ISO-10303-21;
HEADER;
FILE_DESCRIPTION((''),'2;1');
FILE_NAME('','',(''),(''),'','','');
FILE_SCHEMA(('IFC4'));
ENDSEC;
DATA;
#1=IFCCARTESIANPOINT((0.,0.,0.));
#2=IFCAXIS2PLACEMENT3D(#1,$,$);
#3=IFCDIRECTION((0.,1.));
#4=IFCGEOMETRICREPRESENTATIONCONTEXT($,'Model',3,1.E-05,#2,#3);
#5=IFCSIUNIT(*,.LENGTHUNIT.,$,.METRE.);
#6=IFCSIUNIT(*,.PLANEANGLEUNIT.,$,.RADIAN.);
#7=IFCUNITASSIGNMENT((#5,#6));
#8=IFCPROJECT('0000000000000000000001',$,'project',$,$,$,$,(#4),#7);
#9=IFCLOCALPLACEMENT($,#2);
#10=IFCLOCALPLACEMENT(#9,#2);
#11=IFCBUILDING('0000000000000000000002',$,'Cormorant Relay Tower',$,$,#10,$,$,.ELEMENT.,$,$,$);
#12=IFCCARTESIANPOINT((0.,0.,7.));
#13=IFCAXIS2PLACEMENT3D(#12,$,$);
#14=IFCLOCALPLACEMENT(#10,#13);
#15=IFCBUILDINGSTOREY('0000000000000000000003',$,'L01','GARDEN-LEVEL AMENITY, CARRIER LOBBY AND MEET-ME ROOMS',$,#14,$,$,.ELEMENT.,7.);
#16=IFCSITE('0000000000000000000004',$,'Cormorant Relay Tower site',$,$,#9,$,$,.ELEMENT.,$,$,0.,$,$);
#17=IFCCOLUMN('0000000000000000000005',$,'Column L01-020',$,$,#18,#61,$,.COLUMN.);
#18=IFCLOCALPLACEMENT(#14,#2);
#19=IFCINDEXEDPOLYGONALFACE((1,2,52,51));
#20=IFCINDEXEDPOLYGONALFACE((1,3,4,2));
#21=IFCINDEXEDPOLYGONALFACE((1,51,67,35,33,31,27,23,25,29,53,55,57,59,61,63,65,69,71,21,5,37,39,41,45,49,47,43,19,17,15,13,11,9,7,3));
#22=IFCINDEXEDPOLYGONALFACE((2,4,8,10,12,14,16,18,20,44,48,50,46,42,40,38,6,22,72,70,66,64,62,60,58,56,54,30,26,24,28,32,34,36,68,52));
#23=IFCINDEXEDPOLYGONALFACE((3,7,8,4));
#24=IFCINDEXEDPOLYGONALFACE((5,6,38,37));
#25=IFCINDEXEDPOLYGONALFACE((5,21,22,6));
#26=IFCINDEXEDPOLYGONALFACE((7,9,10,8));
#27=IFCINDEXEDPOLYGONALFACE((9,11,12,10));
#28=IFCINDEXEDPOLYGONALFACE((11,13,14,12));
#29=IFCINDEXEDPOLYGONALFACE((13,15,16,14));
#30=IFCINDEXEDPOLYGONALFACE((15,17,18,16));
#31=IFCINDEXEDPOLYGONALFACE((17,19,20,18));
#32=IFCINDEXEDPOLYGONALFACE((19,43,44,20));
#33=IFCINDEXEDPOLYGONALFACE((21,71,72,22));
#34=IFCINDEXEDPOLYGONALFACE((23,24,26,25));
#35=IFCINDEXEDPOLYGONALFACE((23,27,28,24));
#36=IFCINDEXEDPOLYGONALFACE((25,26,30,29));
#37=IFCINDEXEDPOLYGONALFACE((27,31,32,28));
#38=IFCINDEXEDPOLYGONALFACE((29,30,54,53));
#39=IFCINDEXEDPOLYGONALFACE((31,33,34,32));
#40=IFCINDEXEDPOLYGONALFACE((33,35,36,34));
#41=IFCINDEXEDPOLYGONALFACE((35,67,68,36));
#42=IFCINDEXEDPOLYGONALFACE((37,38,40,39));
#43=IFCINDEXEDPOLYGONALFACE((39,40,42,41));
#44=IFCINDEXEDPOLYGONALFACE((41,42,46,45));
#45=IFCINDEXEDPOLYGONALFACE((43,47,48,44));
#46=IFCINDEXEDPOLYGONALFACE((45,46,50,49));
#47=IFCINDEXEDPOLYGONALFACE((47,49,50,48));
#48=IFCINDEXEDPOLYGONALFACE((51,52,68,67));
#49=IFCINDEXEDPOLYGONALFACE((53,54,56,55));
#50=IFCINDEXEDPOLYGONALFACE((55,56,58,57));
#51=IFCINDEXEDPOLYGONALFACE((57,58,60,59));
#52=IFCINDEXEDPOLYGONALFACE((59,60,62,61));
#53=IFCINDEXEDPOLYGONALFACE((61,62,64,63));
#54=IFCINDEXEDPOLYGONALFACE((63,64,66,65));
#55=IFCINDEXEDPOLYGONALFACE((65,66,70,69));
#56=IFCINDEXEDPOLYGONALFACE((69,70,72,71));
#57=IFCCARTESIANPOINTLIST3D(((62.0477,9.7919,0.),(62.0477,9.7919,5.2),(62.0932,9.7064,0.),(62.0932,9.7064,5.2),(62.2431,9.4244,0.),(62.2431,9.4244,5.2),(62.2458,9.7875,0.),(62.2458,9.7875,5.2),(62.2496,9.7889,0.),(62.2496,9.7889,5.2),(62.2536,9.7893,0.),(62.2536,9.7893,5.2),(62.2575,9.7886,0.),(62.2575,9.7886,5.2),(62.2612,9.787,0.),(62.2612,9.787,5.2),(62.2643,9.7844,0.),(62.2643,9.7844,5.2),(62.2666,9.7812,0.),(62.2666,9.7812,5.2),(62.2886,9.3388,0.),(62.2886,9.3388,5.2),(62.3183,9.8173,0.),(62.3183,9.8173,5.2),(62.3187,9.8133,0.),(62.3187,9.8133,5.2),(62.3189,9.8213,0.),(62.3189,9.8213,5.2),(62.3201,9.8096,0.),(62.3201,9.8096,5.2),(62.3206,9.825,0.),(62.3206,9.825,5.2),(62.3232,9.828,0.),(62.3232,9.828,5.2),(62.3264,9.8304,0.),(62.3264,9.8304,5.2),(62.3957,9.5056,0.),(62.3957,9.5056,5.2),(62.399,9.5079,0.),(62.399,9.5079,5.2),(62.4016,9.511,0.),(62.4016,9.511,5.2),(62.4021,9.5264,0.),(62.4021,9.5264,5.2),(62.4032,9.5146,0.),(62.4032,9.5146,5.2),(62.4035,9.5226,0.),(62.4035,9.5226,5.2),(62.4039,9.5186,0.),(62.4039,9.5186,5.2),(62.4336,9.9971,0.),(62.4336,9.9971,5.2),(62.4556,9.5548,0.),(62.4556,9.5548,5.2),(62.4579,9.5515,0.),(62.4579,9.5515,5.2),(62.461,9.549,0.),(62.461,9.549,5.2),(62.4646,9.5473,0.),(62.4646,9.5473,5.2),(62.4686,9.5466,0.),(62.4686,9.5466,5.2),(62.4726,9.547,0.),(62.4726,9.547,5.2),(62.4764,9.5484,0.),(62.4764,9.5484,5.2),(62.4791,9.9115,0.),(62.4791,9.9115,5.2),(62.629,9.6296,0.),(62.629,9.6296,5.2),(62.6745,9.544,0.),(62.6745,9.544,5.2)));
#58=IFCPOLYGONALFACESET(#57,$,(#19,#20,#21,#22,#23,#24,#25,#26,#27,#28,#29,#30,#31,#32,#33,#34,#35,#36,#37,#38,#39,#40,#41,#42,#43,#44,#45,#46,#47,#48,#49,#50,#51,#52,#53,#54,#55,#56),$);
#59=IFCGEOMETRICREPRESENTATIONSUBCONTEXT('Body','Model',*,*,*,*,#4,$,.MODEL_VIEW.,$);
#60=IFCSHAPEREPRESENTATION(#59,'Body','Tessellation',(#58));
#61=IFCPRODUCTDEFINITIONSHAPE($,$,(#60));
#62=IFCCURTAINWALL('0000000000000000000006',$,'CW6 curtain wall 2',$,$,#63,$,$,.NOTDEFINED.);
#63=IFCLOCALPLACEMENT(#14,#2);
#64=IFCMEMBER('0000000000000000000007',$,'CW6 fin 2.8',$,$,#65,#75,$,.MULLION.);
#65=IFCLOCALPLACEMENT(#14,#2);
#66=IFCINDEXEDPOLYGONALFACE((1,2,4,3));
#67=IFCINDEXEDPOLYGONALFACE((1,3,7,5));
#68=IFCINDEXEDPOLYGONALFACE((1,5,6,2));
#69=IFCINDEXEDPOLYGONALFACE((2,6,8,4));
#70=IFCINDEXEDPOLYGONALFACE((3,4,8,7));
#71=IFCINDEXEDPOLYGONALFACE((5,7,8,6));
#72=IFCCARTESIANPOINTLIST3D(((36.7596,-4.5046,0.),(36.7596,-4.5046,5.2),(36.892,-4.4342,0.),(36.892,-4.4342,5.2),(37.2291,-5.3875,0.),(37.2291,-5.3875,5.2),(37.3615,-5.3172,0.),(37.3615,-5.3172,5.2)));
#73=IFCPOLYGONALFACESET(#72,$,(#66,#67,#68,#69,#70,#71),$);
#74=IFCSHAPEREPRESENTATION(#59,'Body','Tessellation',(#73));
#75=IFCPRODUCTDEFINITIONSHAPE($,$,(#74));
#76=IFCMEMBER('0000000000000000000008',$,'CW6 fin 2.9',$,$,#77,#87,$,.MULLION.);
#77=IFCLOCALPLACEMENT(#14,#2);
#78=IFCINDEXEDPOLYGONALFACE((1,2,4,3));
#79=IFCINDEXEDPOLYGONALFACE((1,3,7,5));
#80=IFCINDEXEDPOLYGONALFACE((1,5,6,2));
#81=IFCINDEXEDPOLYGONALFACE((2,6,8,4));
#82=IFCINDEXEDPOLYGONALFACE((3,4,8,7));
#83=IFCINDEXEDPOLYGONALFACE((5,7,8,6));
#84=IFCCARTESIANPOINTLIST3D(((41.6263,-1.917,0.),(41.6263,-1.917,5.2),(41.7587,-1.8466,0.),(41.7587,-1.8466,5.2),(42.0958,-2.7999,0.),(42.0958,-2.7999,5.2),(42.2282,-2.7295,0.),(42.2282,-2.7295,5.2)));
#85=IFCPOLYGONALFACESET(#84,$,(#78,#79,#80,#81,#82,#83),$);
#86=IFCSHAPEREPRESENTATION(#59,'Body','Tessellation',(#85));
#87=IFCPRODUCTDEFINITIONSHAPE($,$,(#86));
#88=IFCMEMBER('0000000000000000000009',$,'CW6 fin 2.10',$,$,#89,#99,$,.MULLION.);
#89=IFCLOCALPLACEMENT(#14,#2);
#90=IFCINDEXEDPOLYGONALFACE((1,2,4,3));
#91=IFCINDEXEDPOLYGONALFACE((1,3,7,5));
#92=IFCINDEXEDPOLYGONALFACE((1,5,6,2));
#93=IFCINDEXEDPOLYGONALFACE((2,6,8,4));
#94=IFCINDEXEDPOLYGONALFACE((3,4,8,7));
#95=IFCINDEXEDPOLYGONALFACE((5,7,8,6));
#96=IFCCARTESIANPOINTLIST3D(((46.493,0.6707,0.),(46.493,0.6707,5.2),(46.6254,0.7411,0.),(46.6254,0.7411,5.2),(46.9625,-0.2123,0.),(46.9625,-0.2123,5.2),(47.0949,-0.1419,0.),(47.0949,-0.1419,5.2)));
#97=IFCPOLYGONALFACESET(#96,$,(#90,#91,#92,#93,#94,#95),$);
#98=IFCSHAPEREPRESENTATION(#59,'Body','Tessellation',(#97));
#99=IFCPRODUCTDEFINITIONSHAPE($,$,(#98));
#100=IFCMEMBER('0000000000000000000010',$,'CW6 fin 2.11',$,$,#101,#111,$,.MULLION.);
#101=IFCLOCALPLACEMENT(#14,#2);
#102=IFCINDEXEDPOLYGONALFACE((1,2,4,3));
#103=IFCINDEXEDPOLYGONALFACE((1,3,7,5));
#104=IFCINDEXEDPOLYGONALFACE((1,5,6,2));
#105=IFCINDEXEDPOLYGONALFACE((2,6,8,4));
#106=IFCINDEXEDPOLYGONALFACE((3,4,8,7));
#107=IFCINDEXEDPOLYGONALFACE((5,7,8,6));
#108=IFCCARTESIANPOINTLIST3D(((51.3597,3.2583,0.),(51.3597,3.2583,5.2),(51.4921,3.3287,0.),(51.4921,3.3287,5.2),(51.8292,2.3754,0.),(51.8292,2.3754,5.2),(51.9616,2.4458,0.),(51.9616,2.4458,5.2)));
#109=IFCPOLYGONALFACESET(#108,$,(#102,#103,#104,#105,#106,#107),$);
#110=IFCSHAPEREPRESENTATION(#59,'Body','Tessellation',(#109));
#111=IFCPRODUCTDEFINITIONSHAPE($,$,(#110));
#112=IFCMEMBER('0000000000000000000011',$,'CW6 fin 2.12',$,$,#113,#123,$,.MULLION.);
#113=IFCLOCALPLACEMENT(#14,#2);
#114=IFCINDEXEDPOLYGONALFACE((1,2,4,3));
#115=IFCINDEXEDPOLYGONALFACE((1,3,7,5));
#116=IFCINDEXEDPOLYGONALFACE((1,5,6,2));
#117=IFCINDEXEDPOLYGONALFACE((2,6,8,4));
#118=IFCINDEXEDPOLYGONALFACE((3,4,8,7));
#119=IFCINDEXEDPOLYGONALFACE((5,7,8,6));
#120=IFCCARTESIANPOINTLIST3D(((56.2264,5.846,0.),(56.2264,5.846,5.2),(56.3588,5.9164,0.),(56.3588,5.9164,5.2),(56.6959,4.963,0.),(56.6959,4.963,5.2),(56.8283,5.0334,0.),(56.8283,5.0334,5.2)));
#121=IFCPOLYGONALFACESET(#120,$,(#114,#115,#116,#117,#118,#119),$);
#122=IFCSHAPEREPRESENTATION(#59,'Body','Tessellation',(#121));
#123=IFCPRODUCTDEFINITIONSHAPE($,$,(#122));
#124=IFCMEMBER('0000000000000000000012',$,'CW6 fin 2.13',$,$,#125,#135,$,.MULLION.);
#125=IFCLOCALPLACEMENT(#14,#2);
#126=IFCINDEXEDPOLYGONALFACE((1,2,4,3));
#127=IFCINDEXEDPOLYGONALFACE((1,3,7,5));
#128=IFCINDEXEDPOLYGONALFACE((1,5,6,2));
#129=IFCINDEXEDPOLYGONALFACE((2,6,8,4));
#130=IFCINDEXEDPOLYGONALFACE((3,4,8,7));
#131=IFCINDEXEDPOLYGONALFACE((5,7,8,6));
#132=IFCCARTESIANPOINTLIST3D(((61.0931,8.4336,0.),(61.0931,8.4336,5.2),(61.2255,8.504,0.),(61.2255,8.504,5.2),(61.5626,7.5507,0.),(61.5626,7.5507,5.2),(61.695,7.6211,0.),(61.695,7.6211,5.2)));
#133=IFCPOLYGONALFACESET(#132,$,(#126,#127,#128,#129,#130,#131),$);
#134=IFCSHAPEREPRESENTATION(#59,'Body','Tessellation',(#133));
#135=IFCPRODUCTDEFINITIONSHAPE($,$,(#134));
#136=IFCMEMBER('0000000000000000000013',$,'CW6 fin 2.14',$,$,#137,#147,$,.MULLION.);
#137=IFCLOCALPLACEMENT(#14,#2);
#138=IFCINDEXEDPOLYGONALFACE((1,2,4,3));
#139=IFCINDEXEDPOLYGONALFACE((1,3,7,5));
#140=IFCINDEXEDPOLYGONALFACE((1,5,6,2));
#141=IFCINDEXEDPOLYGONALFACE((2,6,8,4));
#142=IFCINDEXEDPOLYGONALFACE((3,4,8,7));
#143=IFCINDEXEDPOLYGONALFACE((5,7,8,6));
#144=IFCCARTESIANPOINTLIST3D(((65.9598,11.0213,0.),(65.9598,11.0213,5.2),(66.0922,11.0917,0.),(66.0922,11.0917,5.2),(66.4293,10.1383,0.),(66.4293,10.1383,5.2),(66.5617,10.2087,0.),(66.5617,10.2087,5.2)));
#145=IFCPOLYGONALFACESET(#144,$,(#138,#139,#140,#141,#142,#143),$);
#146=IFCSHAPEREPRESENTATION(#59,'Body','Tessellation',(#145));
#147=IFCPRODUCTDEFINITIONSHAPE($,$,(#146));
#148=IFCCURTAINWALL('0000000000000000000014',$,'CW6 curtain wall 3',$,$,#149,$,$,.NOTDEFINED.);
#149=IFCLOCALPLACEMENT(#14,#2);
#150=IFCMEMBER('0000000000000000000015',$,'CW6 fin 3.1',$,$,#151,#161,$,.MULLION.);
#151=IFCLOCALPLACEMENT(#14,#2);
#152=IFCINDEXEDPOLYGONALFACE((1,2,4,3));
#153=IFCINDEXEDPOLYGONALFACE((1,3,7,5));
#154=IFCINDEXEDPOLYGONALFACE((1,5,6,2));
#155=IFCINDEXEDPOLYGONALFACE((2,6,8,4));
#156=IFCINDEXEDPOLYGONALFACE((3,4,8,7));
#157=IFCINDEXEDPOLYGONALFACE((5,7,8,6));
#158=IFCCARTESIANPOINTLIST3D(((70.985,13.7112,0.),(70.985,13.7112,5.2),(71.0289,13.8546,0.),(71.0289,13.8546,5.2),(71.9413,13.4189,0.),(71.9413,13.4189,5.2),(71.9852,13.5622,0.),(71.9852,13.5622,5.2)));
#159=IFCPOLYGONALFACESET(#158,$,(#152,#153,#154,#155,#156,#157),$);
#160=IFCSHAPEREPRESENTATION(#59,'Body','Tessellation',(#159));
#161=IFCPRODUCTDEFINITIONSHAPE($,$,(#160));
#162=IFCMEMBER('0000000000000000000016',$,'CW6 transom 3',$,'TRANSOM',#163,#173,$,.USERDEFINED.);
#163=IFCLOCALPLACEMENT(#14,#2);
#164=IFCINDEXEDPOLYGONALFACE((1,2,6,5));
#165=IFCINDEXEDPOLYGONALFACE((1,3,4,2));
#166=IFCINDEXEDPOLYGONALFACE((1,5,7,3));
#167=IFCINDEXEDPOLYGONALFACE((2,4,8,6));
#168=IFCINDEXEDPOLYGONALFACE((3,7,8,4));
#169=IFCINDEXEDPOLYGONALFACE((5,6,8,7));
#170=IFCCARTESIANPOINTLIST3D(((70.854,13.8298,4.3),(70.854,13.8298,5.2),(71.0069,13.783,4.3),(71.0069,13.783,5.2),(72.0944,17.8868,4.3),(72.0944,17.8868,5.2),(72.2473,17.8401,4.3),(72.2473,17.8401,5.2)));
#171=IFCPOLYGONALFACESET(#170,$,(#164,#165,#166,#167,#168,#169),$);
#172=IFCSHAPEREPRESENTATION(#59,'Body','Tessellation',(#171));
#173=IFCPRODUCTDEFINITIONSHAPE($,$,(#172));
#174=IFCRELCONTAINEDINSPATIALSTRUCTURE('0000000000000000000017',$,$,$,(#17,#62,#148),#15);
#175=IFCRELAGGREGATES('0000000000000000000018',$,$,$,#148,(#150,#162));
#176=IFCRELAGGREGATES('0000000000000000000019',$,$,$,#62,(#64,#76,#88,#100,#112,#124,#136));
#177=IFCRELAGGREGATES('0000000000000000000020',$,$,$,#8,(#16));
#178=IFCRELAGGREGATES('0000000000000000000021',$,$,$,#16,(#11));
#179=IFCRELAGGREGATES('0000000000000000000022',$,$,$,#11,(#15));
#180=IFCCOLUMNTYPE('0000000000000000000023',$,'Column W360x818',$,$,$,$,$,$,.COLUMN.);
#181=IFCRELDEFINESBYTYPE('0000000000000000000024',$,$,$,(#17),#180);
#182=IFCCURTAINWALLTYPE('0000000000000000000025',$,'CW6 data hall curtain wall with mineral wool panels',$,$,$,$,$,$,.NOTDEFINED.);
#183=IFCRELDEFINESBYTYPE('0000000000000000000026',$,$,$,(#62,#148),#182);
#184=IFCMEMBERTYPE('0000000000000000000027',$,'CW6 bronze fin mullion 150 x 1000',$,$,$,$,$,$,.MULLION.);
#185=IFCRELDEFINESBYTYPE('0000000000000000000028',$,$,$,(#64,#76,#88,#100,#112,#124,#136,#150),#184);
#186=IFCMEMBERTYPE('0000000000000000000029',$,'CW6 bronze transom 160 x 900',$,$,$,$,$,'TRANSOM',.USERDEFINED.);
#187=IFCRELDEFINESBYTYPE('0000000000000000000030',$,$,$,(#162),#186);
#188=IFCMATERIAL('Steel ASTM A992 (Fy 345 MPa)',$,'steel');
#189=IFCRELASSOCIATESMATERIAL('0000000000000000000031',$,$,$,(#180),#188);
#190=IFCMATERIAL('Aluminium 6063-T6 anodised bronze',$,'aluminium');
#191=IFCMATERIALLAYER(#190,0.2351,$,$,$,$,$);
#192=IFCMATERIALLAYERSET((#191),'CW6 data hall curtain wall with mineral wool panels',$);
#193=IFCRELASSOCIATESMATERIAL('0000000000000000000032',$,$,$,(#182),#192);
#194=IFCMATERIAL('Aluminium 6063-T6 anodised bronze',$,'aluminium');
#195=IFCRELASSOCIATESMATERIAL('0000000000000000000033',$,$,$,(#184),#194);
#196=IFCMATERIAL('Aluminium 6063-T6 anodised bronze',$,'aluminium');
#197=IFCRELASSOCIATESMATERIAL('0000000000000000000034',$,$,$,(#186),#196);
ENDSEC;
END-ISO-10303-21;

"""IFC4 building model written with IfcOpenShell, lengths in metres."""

from ifc_helpers import new_model, si_unit, direction, frame, origin, origin_2d, place, context, subcontext, project, spatial, rectangle, i_section, extrude, material, layer, layer_set, material_profile, profile_set, type_object, element, aggregate, save


model = new_model("IFC4")

# Units and contexts
model_context = context("Model", 3, precision=1e-05, world=origin(), true_north=direction((0.0, 1.0)))
body_context = subcontext(model_context, "Body", "Model", "MODEL_VIEW")
ifc_project = project(units=[si_unit("LENGTHUNIT", "METRE"), si_unit("PLANEANGLEUNIT", "RADIAN")], contexts=[model_context])

# Site, building, storey
site_placement = place(None, origin())
site = spatial("IfcSite", under=ifc_project, at=site_placement, Name="Cormorant Relay Tower site", CompositionType="ELEMENT", RefElevation=0.0)
building_placement = place(site_placement, origin())
building = spatial("IfcBuilding", under=site, at=building_placement, Name="Cormorant Relay Tower", CompositionType="ELEMENT")
storey_placement = place(building_placement, frame((0.0, 0.0, 7.0)))
storey = spatial("IfcBuildingStorey", under=building, at=storey_placement, Name="L01", Description="GARDEN-LEVEL AMENITY, CARRIER LOBBY AND MEET-ME ROOMS", CompositionType="ELEMENT", Elevation=7.0)

# Column
ifc_material_1 = material(Name="Steel ASTM A992 (Fy 345 MPa)", Category="steel")
ifc_material_profile_1 = material_profile(ifc_material_1, i_section(OverallWidth=0.437, OverallDepth=0.5132, WebThickness=0.0605, FlangeThickness=0.0969, FilletRadius=0.0154, at=origin_2d()), Name="W360x818")
ifc_profile_set_1 = profile_set([ifc_material_profile_1], Name="Steel ASTM A992 (Fy 345 MPa)")
column_type_1 = type_object("IfcColumnType", Name="Column W360x818", PredefinedType="COLUMN", material=ifc_profile_set_1)
for number, where, z_axis, x_axis, name in (
    (1, (62.3611, 9.668, 0.0), (0.0, 0.0, 1.0), (0.882948, 0.469472, 0.0), "Column L01-020"),
):
    element("IfcColumn", number, at=place(storey_placement, frame(where, z_axis=z_axis, x_axis=x_axis)), inside=storey, type_object=column_type_1, Name=name, PredefinedType="COLUMN", context=body_context, shape_type="SweptSolid", body=[
        extrude(i_section(OverallWidth=0.437, OverallDepth=0.5132, WebThickness=0.0605, FlangeThickness=0.0969, FilletRadius=0.0154, at=origin_2d()), origin(), (0.0, 0.0, 1.0), 5.2),
    ])

# Curtain walls, members
ifc_material_2 = material(Name="Aluminium 6063-T6 anodised bronze", Category="aluminium")
ifc_layer_1 = layer(ifc_material_2, 0.2351)
ifc_layer_set_1 = layer_set([ifc_layer_1], Name="CW6 data hall curtain wall with mineral wool panels")
curtain_wall_type = type_object("IfcCurtainWallType", Name="CW6 data hall curtain wall with mineral wool panels", PredefinedType="NOTDEFINED", material=ifc_layer_set_1)
curtain_wall_1_placement = place(storey_placement, origin())
curtain_wall_1 = element("IfcCurtainWall", 2, at=curtain_wall_1_placement, inside=storey, type_object=curtain_wall_type, Name="CW6 curtain wall 2", PredefinedType="NOTDEFINED")
ifc_material_3 = material(Name="Aluminium 6063-T6 anodised bronze", Category="aluminium")
ifc_material_profile_2 = material_profile(ifc_material_3, rectangle(XDim=0.1499, YDim=1.0, at=origin_2d()), Name="AL 150x1000")
ifc_profile_set_2 = profile_set([ifc_material_profile_2], Name="Aluminium 6063-T6 anodised bronze")
member_type_1 = type_object("IfcMemberType", Name="CW6 bronze fin mullion 150 x 1000", PredefinedType="MULLION", material=ifc_profile_set_2)
member_1_placement = place(storey_placement, frame((37.0605, -4.9109, 0.0), z_axis=(0.0, 0.0, 1.0), x_axis=(0.882948, 0.469472, 0.0)))
member_1 = element("IfcMember", 3, at=member_1_placement, type_object=member_type_1, Name="CW6 fin 2.8", PredefinedType="MULLION", context=body_context, shape_type="SweptSolid", body=[
    extrude(rectangle(XDim=0.1499, YDim=1.0, at=origin_2d()), origin(), (0.0, 0.0, 1.0), 5.2),
])
member_2_placement = place(storey_placement, frame((41.9272, -2.3232, 0.0), z_axis=(0.0, 0.0, 1.0), x_axis=(0.882948, 0.469472, 0.0)))
member_2 = element("IfcMember", 4, at=member_2_placement, type_object=member_type_1, Name="CW6 fin 2.9", PredefinedType="MULLION", context=body_context, shape_type="SweptSolid", body=[
    extrude(rectangle(XDim=0.1499, YDim=1.0, at=origin_2d()), origin(), (0.0, 0.0, 1.0), 5.2),
])
member_3_placement = place(storey_placement, frame((46.7939, 0.2644, 0.0), z_axis=(0.0, 0.0, 1.0), x_axis=(0.882948, 0.469472, 0.0)))
member_3 = element("IfcMember", 5, at=member_3_placement, type_object=member_type_1, Name="CW6 fin 2.10", PredefinedType="MULLION", context=body_context, shape_type="SweptSolid", body=[
    extrude(rectangle(XDim=0.1499, YDim=1.0, at=origin_2d()), origin(), (0.0, 0.0, 1.0), 5.2),
])
member_4_placement = place(storey_placement, frame((51.6606, 2.8521, 0.0), z_axis=(0.0, 0.0, 1.0), x_axis=(0.882948, 0.469472, 0.0)))
member_4 = element("IfcMember", 6, at=member_4_placement, type_object=member_type_1, Name="CW6 fin 2.11", PredefinedType="MULLION", context=body_context, shape_type="SweptSolid", body=[
    extrude(rectangle(XDim=0.1499, YDim=1.0, at=origin_2d()), origin(), (0.0, 0.0, 1.0), 5.2),
])
member_5_placement = place(storey_placement, frame((56.5273, 5.4397, 0.0), z_axis=(0.0, 0.0, 1.0), x_axis=(0.882948, 0.469472, 0.0)))
member_5 = element("IfcMember", 7, at=member_5_placement, type_object=member_type_1, Name="CW6 fin 2.12", PredefinedType="MULLION", context=body_context, shape_type="SweptSolid", body=[
    extrude(rectangle(XDim=0.1499, YDim=1.0, at=origin_2d()), origin(), (0.0, 0.0, 1.0), 5.2),
])
member_6_placement = place(storey_placement, frame((61.394, 8.0273, 0.0), z_axis=(0.0, 0.0, 1.0), x_axis=(0.882948, 0.469472, 0.0)))
member_6 = element("IfcMember", 8, at=member_6_placement, type_object=member_type_1, Name="CW6 fin 2.13", PredefinedType="MULLION", context=body_context, shape_type="SweptSolid", body=[
    extrude(rectangle(XDim=0.1499, YDim=1.0, at=origin_2d()), origin(), (0.0, 0.0, 1.0), 5.2),
])
member_7_placement = place(storey_placement, frame((66.2607, 10.615, 0.0), z_axis=(0.0, 0.0, 1.0), x_axis=(0.882948, 0.469472, 0.0)))
member_7 = element("IfcMember", 9, at=member_7_placement, type_object=member_type_1, Name="CW6 fin 2.14", PredefinedType="MULLION", context=body_context, shape_type="SweptSolid", body=[
    extrude(rectangle(XDim=0.1499, YDim=1.0, at=origin_2d()), origin(), (0.0, 0.0, 1.0), 5.2),
])
curtain_wall_2_placement = place(storey_placement, origin())
curtain_wall_2 = element("IfcCurtainWall", 10, at=curtain_wall_2_placement, inside=storey, type_object=curtain_wall_type, Name="CW6 curtain wall 3", PredefinedType="NOTDEFINED")
member_8_placement = place(storey_placement, frame((71.4851, 13.6367, 0.0), z_axis=(0.0, 0.0, 1.0), x_axis=(0.292372, 0.956305, 0.0)))
member_8 = element("IfcMember", 11, at=member_8_placement, type_object=member_type_1, Name="CW6 fin 3.1", PredefinedType="MULLION", context=body_context, shape_type="SweptSolid", body=[
    extrude(rectangle(XDim=0.1499, YDim=1.0, at=origin_2d()), origin(), (0.0, 0.0, 1.0), 5.2),
])
ifc_material_4 = material(Name="Aluminium 6063-T6 anodised bronze", Category="aluminium")
ifc_material_profile_3 = material_profile(ifc_material_4, rectangle(XDim=0.1599, YDim=0.8999, at=origin_2d()), Name="AL 160x900")
ifc_profile_set_3 = profile_set([ifc_material_profile_3], Name="Aluminium 6063-T6 anodised bronze")
member_type_2 = type_object("IfcMemberType", Name="CW6 bronze transom 160 x 900", ElementType="TRANSOM", PredefinedType="USERDEFINED", material=ifc_profile_set_3)
member_9_placement = place(storey_placement, frame((70.9304, 13.8064, 4.75), z_axis=(0.292391, 0.956299, 0.0), x_axis=(-0.956299, 0.292391, 0.0)))
member_9 = element("IfcMember", 12, at=member_9_placement, type_object=member_type_2, Name="CW6 transom 3", ObjectType="TRANSOM", PredefinedType="USERDEFINED", context=body_context, shape_type="SweptSolid", body=[
    extrude(rectangle(XDim=0.1599, YDim=0.8999, at=origin_2d()), origin(), (0.0, 0.0, 1.0), 4.2424),
])
aggregate(curtain_wall_2, [member_8, member_9])

aggregate(curtain_wall_1, [member_1, member_2, member_3, member_4, member_5, member_6, member_7])

save(model, "model.ifc")
